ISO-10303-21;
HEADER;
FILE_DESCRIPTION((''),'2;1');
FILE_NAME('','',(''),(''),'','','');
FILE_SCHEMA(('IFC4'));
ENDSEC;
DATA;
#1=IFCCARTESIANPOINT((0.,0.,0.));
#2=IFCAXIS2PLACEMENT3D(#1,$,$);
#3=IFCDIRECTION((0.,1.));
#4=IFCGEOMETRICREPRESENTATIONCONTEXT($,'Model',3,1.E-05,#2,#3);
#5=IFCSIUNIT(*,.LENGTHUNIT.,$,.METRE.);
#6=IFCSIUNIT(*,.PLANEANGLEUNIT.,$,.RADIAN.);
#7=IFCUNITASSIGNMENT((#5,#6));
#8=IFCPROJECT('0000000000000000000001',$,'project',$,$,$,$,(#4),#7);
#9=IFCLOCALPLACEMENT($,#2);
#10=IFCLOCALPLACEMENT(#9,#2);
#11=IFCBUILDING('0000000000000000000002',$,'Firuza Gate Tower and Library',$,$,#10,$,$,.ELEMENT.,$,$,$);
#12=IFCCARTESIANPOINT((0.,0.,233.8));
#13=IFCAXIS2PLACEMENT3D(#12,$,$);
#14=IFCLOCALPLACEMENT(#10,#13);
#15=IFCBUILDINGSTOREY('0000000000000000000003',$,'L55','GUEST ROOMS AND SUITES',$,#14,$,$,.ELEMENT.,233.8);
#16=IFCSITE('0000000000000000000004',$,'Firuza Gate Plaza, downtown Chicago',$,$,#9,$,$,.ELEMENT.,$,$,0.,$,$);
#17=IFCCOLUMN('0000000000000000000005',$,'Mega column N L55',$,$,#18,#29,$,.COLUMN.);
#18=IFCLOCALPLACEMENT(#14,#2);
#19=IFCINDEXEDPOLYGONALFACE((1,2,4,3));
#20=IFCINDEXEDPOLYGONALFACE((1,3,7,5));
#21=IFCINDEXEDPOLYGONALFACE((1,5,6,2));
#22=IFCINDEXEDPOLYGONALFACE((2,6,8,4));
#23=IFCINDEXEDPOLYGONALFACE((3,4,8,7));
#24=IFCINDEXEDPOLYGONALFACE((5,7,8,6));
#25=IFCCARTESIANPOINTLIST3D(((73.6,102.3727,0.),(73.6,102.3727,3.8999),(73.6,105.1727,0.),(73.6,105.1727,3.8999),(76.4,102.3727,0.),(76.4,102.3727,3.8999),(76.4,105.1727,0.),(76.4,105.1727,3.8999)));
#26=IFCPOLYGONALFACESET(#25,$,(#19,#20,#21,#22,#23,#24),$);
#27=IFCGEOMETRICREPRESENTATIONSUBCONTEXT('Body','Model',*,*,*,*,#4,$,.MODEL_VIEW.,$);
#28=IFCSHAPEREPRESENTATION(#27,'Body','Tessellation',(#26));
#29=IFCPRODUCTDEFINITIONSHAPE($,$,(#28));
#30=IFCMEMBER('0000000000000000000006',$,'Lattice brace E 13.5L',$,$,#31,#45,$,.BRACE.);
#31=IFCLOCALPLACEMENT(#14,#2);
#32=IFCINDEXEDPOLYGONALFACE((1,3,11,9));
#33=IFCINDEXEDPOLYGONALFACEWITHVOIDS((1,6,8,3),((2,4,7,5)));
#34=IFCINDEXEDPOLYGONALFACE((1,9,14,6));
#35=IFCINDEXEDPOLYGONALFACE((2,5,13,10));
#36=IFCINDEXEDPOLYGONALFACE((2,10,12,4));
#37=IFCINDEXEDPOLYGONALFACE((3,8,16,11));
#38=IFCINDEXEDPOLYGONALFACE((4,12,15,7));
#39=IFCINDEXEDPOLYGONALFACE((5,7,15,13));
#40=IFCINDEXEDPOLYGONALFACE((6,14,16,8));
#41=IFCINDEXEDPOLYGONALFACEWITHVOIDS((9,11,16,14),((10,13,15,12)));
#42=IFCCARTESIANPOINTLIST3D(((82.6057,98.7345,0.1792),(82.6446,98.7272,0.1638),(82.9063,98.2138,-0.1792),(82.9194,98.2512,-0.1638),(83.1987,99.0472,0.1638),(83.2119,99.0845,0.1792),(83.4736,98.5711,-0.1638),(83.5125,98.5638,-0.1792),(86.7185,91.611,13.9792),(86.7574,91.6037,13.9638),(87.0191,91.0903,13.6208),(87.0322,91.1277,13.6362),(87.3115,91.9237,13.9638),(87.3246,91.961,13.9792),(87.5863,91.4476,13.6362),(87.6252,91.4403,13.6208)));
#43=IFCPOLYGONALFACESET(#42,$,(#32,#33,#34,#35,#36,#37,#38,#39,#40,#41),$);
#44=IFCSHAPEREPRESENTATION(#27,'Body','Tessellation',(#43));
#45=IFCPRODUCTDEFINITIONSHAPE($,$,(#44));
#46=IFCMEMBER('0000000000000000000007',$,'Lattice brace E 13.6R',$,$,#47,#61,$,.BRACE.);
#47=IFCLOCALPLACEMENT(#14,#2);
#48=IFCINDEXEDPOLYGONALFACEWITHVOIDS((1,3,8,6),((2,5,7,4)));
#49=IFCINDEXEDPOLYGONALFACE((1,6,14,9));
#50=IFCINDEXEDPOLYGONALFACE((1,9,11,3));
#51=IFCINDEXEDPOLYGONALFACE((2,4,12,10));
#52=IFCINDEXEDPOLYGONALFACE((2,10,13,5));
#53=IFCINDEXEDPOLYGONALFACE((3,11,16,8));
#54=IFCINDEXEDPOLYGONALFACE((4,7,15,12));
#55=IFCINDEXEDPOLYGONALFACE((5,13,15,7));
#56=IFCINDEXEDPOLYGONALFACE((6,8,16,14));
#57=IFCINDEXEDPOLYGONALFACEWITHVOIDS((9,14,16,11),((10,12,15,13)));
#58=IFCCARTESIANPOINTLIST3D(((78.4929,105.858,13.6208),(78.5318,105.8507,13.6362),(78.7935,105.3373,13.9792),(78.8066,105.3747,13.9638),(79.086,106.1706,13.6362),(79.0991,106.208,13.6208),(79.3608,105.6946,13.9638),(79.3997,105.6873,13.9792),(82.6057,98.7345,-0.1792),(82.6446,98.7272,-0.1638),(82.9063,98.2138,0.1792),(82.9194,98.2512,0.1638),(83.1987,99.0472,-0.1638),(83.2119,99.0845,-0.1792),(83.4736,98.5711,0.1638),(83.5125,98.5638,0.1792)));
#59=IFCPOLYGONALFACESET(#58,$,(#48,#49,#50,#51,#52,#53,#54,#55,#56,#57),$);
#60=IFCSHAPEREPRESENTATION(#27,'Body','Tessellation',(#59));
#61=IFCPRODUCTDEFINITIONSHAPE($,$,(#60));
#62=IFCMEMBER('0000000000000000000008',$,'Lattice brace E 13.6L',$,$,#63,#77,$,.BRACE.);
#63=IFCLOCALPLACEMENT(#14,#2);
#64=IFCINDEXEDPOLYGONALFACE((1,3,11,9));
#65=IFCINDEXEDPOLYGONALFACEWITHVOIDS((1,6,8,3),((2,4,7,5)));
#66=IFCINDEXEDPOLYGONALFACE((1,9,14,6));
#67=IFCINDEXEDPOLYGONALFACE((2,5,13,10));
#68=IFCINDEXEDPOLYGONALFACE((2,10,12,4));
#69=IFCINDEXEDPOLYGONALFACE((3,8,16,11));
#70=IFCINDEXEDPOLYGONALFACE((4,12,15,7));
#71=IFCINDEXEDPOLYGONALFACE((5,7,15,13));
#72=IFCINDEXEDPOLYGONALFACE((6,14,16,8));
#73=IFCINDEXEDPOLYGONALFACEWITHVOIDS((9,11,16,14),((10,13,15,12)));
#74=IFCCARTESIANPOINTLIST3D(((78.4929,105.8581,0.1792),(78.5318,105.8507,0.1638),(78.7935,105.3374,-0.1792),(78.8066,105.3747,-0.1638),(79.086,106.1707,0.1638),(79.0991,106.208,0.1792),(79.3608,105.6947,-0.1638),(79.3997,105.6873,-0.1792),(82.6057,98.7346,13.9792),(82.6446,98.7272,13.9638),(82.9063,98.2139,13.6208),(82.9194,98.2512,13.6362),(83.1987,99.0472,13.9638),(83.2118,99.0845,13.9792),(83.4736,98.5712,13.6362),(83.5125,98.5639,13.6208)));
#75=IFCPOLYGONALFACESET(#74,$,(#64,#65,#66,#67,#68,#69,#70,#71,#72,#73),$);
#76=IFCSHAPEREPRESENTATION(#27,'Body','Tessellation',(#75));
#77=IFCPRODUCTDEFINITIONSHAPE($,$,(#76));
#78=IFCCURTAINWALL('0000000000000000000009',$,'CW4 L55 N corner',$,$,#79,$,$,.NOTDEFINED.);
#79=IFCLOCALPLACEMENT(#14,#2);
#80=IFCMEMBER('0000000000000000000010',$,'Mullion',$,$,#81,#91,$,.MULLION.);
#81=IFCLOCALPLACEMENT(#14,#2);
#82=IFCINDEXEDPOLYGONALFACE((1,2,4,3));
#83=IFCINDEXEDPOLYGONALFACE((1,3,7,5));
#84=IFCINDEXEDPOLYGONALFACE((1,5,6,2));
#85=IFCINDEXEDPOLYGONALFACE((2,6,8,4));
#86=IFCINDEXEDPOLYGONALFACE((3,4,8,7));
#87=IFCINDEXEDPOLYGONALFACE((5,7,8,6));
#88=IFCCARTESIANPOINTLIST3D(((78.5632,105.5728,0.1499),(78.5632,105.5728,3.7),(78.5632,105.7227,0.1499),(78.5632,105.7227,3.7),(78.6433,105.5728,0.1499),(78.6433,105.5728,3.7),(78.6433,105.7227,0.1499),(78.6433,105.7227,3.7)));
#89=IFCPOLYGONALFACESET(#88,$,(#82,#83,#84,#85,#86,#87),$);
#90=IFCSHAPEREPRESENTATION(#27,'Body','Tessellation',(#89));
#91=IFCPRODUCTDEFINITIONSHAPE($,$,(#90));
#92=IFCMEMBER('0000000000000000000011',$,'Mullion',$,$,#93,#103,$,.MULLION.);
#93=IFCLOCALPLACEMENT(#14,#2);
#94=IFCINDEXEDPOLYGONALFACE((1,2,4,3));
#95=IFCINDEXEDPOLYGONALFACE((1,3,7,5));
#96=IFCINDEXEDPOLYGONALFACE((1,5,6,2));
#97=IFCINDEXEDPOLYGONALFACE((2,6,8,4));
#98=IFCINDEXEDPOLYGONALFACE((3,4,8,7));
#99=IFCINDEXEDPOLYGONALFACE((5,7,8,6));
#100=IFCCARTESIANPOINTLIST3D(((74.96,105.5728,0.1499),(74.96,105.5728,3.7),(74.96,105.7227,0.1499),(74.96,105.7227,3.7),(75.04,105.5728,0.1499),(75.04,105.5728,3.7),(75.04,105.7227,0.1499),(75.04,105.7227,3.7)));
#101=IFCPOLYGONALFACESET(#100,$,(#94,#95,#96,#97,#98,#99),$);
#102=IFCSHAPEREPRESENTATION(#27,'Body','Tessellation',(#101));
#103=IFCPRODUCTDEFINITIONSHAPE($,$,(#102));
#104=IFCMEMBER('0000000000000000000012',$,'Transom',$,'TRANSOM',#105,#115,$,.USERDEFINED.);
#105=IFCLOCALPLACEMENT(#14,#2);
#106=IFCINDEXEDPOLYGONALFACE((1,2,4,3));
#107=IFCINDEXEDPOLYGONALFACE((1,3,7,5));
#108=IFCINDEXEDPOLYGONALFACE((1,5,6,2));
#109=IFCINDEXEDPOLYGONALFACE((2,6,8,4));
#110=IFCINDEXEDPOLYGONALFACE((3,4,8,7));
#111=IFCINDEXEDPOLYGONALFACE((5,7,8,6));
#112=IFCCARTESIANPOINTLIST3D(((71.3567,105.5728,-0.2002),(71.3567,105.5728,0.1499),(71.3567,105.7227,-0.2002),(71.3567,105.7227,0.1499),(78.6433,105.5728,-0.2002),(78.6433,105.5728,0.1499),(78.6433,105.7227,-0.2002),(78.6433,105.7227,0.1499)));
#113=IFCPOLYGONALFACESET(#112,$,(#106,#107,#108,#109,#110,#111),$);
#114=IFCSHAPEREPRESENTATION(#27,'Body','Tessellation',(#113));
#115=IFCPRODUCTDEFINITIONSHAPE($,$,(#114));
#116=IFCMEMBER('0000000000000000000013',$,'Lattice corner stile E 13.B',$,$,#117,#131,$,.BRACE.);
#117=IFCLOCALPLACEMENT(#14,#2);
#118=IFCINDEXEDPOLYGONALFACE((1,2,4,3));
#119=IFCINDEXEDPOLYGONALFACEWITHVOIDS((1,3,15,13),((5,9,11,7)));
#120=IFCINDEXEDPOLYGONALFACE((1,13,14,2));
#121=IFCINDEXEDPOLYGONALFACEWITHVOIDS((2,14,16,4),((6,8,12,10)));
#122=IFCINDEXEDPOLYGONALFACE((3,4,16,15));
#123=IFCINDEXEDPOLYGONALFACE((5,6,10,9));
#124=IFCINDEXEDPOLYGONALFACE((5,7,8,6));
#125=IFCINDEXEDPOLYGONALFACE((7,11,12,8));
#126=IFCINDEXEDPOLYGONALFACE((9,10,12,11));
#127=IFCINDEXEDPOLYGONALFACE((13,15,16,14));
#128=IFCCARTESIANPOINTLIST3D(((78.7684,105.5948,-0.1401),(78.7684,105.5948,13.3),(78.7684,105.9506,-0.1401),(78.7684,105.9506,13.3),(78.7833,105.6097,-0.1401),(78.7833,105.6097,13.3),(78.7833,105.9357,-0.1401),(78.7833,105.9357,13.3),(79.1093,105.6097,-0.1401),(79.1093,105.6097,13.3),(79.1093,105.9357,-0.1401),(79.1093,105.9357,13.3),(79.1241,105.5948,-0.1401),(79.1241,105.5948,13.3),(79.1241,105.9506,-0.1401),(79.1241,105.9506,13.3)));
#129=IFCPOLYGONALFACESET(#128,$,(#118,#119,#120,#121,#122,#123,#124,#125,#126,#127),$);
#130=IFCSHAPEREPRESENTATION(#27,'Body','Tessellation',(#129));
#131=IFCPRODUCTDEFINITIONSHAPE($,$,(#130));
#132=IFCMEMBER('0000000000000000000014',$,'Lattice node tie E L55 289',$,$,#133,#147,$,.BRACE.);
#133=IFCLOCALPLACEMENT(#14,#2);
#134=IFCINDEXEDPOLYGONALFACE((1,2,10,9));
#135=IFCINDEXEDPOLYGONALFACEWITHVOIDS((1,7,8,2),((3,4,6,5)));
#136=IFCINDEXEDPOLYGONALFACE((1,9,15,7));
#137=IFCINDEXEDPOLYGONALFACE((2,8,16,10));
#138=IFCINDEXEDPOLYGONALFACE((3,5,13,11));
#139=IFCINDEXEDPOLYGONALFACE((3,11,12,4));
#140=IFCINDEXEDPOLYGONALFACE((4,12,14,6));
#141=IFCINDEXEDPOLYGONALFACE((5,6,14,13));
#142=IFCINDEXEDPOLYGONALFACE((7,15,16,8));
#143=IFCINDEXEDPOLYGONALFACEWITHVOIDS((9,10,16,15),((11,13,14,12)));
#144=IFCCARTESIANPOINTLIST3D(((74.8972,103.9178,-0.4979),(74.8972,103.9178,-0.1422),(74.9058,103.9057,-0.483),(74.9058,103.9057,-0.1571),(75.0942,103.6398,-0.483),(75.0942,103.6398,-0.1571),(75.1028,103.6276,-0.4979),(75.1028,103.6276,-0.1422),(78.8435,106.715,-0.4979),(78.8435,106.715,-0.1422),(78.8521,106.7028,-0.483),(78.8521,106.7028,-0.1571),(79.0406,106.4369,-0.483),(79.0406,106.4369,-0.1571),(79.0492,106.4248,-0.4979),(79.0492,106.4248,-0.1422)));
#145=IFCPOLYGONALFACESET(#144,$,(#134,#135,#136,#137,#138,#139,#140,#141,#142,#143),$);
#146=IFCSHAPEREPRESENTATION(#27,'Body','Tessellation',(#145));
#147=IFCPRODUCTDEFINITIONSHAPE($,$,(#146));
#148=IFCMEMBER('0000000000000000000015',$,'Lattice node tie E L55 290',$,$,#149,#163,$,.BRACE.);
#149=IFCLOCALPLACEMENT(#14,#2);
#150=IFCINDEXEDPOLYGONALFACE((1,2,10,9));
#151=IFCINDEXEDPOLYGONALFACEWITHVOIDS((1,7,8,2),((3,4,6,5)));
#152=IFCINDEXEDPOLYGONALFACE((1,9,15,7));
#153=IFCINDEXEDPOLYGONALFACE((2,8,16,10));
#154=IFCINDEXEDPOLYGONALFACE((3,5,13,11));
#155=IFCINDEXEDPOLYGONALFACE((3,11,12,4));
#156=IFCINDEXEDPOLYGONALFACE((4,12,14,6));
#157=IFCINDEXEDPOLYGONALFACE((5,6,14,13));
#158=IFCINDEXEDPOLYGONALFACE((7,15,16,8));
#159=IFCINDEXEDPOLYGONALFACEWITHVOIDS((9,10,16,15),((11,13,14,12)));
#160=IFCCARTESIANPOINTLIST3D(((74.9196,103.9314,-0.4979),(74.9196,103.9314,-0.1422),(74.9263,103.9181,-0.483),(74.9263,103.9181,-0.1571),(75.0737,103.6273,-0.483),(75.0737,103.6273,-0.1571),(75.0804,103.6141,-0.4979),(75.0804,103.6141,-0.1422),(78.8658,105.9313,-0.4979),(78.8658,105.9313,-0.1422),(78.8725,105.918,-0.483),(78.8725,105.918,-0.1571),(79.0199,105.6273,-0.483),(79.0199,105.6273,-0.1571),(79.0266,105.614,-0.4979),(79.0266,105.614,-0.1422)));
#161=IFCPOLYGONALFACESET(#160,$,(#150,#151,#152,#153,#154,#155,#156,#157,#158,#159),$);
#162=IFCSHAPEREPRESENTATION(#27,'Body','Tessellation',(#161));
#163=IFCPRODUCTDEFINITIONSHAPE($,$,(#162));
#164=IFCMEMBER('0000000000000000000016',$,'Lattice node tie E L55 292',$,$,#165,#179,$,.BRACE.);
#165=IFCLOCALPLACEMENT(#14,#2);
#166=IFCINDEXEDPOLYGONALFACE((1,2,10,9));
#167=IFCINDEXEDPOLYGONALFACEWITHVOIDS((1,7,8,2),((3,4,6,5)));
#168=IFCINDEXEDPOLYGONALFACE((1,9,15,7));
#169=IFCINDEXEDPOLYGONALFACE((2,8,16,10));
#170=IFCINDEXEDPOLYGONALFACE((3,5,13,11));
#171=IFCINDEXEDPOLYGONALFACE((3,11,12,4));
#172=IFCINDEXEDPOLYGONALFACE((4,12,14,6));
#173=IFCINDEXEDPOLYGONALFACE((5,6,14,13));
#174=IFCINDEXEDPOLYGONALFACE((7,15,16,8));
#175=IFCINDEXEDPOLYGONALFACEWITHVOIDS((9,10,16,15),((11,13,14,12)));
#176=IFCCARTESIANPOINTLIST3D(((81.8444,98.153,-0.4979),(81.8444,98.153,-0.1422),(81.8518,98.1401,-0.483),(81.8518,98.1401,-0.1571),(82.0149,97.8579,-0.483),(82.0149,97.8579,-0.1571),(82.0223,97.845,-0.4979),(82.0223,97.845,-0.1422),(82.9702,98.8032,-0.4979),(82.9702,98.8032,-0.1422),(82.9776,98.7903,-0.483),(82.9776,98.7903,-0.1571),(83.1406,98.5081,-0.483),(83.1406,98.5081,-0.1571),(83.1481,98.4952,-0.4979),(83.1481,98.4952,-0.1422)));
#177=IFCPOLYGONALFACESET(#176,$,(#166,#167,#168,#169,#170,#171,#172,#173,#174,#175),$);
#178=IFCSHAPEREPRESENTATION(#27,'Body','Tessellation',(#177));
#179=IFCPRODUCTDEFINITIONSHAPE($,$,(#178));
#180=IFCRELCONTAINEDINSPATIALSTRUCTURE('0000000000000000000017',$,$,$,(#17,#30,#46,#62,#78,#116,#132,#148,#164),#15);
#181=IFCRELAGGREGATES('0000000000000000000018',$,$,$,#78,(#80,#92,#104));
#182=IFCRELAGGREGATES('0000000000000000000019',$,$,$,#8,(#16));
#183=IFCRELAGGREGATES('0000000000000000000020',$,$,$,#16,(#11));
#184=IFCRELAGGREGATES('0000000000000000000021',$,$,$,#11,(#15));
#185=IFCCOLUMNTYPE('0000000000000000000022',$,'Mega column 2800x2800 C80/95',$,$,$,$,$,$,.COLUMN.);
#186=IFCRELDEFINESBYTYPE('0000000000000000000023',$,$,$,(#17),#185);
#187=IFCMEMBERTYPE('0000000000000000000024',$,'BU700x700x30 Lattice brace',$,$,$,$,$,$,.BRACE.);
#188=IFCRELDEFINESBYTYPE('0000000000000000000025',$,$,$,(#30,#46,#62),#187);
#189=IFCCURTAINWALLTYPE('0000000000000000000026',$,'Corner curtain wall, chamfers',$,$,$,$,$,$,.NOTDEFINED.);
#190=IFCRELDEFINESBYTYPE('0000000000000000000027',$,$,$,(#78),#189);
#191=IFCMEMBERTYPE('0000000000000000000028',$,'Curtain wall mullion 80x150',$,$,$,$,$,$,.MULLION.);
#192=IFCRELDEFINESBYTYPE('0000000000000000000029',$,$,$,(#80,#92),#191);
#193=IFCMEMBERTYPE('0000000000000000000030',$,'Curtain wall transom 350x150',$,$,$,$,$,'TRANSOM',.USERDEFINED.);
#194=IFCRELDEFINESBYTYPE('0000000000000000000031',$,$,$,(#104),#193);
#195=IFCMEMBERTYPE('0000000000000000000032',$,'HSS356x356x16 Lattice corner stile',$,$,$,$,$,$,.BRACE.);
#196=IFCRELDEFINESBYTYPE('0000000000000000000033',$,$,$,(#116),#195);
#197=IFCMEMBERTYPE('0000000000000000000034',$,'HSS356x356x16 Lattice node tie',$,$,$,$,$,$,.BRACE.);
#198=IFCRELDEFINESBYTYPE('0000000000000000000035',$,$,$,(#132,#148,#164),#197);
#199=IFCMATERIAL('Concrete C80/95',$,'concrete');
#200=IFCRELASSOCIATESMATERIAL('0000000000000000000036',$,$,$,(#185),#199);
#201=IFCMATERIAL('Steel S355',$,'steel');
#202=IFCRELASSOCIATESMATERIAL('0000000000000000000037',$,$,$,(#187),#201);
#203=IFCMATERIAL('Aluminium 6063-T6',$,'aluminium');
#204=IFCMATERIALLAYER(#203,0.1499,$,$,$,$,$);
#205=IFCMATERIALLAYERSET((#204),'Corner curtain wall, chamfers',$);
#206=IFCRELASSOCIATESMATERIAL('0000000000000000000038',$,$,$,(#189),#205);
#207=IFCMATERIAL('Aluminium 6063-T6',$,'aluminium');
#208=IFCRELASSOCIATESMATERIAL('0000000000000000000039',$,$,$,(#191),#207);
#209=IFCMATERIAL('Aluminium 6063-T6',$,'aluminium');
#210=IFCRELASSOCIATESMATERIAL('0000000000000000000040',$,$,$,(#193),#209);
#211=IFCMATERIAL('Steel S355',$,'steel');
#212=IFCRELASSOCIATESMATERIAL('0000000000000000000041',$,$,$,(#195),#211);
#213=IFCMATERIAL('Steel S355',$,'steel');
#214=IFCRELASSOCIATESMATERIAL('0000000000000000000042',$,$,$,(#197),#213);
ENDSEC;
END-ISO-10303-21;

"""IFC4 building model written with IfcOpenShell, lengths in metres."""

from ifc_helpers import new_model, si_unit, direction, frame, origin, origin_2d, place, context, subcontext, project, spatial, rectangle, hollow_rectangle, extrude, material, layer, layer_set, material_profile, profile_set, type_object, element, aggregate, save


model = new_model("IFC4")

# Units and contexts
model_context = context("Model", 3, precision=1e-05, world=origin(), true_north=direction((0.0, 1.0)))
body_context = subcontext(model_context, "Body", "Model", "MODEL_VIEW")
ifc_project = project(units=[si_unit("LENGTHUNIT", "METRE"), si_unit("PLANEANGLEUNIT", "RADIAN")], contexts=[model_context])

# Site, building, storey
site_placement = place(None, origin())
site = spatial("IfcSite", under=ifc_project, at=site_placement, Name="Firuza Gate Plaza, downtown Chicago", CompositionType="ELEMENT", RefElevation=0.0)
building_placement = place(site_placement, origin())
building = spatial("IfcBuilding", under=site, at=building_placement, Name="Firuza Gate Tower and Library", CompositionType="ELEMENT")
storey_placement = place(building_placement, frame((0.0, 0.0, 233.8)))
storey = spatial("IfcBuildingStorey", under=building, at=storey_placement, Name="L55", Description="GUEST ROOMS AND SUITES", CompositionType="ELEMENT", Elevation=233.8)

# Column
ifc_material_1 = material(Name="Concrete C80/95", Category="concrete")
ifc_material_profile_1 = material_profile(ifc_material_1, rectangle(XDim=2.8, YDim=2.8, at=origin_2d()))
ifc_profile_set_1 = profile_set([ifc_material_profile_1], Name="Concrete C80/95")
column_type = type_object("IfcColumnType", Name="Mega column 2800x2800 C80/95", PredefinedType="COLUMN", material=ifc_profile_set_1)
column_placement = place(storey_placement, frame((75.0, 103.7727, 0.0), z_axis=(0.0, 0.0, 1.0), x_axis=(-1.0, 0.0, 0.0)))
element("IfcColumn", 1, at=column_placement, inside=storey, type_object=column_type, Name="Mega column N L55", PredefinedType="COLUMN", context=body_context, shape_type="SweptSolid", body=[
    extrude(rectangle(XDim=2.8, YDim=2.8, at=origin_2d()), origin(), (0.0, 0.0, 1.0), 3.8999),
])

# Members
ifc_material_2 = material(Name="Steel S355", Category="steel")
ifc_material_profile_2 = material_profile(ifc_material_2, hollow_rectangle(XDim=0.7, YDim=0.7, WallThickness=0.03, at=origin_2d()))
ifc_profile_set_2 = profile_set([ifc_material_profile_2], Name="Steel S355")
member_type_1 = type_object("IfcMemberType", Name="BU700x700x30 Lattice brace", PredefinedType="BRACE", material=ifc_profile_set_2)
for number, where, z_axis, x_axis, name in (
    (2, (83.0591, 98.6492, 0.0), (0.256001, -0.443405, 0.858985), (0.866024, 0.500002, 0.0), "Lattice brace E 13.5L"),
    (3, (83.0591, 98.6492, 0.0), (-0.256001, 0.443405, 0.858985), (-0.866024, -0.500002, 0.0), "Lattice brace E 13.6R"),
    (4, (78.9463, 105.7727, 0.0), (0.256001, -0.443405, 0.858985), (0.866024, 0.500002, 0.0), "Lattice brace E 13.6L"),
):
    element("IfcMember", number, at=place(storey_placement, frame(where, z_axis=z_axis, x_axis=x_axis)), inside=storey, type_object=member_type_1, Name=name, PredefinedType="BRACE", context=body_context, shape_type="SweptSolid", body=[
        extrude(hollow_rectangle(XDim=0.7, YDim=0.7, WallThickness=0.03, at=origin_2d()), origin(), (0.0, 0.0, 1.0), 16.0654),
    ])

# Curtain wall, members
ifc_material_3 = material(Name="Aluminium 6063-T6", Category="aluminium")
ifc_layer_1 = layer(ifc_material_3, 0.1499)
ifc_layer_set_1 = layer_set([ifc_layer_1], Name="Corner curtain wall, chamfers")
curtain_wall_type = type_object("IfcCurtainWallType", Name="Corner curtain wall, chamfers", PredefinedType="NOTDEFINED", material=ifc_layer_set_1)
curtain_wall_placement = place(storey_placement, origin())
curtain_wall = element("IfcCurtainWall", 5, at=curtain_wall_placement, inside=storey, type_object=curtain_wall_type, Name="CW4 L55 N corner", PredefinedType="NOTDEFINED")
ifc_material_4 = material(Name="Aluminium 6063-T6", Category="aluminium")
ifc_material_profile_3 = material_profile(ifc_material_4, rectangle(XDim=0.1499, YDim=0.0801, at=origin_2d()))
ifc_profile_set_3 = profile_set([ifc_material_profile_3], Name="Aluminium 6063-T6")
member_type_2 = type_object("IfcMemberType", Name="Curtain wall mullion 80x150", PredefinedType="MULLION", material=ifc_profile_set_3)
member_1_placement = place(storey_placement, frame((78.6033, 105.6477, 0.1499), z_axis=(0.0, 0.0, 1.0), x_axis=(0.0, -1.0, 0.0)))
member_1 = element("IfcMember", 6, at=member_1_placement, type_object=member_type_2, Name="Mullion", PredefinedType="MULLION", context=body_context, shape_type="SweptSolid", body=[
    extrude(rectangle(XDim=0.1499, YDim=0.0801, at=origin_2d()), origin(), (0.0, 0.0, 1.0), 3.55),
])
member_2_placement = place(storey_placement, frame((75.0, 105.6477, 0.1499), z_axis=(0.0, 0.0, 1.0), x_axis=(0.0, -1.0, 0.0)))
member_2 = element("IfcMember", 7, at=member_2_placement, type_object=member_type_2, Name="Mullion", PredefinedType="MULLION", context=body_context, shape_type="SweptSolid", body=[
    extrude(rectangle(XDim=0.1499, YDim=0.0801, at=origin_2d()), origin(), (0.0, 0.0, 1.0), 3.55),
])
ifc_material_5 = material(Name="Aluminium 6063-T6", Category="aluminium")
ifc_material_profile_4 = material_profile(ifc_material_5, rectangle(XDim=0.1499, YDim=0.3501, at=origin_2d()))
ifc_profile_set_4 = profile_set([ifc_material_profile_4], Name="Aluminium 6063-T6")
member_type_3 = type_object("IfcMemberType", Name="Curtain wall transom 350x150", ElementType="TRANSOM", PredefinedType="USERDEFINED", material=ifc_profile_set_4)
member_3_placement = place(storey_placement, frame((78.6433, 105.6477, -0.0251), z_axis=(-1.0, 0.0, 0.0), x_axis=(0.0, -1.0, 0.0)))
member_3 = element("IfcMember", 8, at=member_3_placement, type_object=member_type_3, Name="Transom", ObjectType="TRANSOM", PredefinedType="USERDEFINED", context=body_context, shape_type="SweptSolid", body=[
    extrude(rectangle(XDim=0.1499, YDim=0.3501, at=origin_2d()), origin(), (0.0, 0.0, 1.0), 7.2866),
])

# Members
ifc_material_6 = material(Name="Steel S355", Category="steel")
ifc_material_profile_5 = material_profile(ifc_material_6, hollow_rectangle(XDim=0.3557, YDim=0.3557, WallThickness=0.0149, at=origin_2d()))
ifc_profile_set_5 = profile_set([ifc_material_profile_5], Name="Steel S355")
member_type_4 = type_object("IfcMemberType", Name="HSS356x356x16 Lattice corner stile", PredefinedType="BRACE", material=ifc_profile_set_5)
member_4_placement = place(storey_placement, frame((78.9463, 105.7727, -0.1401), z_axis=(0.0, 0.0, 1.0), x_axis=(1.0, 0.0, 0.0)))
element("IfcMember", 9, at=member_4_placement, inside=storey, type_object=member_type_4, Name="Lattice corner stile E 13.B", PredefinedType="BRACE", context=body_context, shape_type="SweptSolid", body=[
    extrude(hollow_rectangle(XDim=0.3557, YDim=0.3557, WallThickness=0.0149, at=origin_2d()), origin(), (0.0, 0.0, 1.0), 13.4402),
])
ifc_material_7 = material(Name="Steel S355", Category="steel")
ifc_material_profile_6 = material_profile(ifc_material_7, hollow_rectangle(XDim=0.3557, YDim=0.3557, WallThickness=0.0149, at=origin_2d()))
ifc_profile_set_6 = profile_set([ifc_material_profile_6], Name="Steel S355")
member_type_5 = type_object("IfcMemberType", Name="HSS356x356x16 Lattice node tie", PredefinedType="BRACE", material=ifc_profile_set_6)
member_5_placement = place(storey_placement, frame((75.0, 103.7727, -0.3201), z_axis=(0.815846, 0.578269, 0.0), x_axis=(-0.578269, 0.815846, 0.0)))
element("IfcMember", 10, at=member_5_placement, inside=storey, type_object=member_type_5, Name="Lattice node tie E L55 289", PredefinedType="BRACE", context=body_context, shape_type="SweptSolid", body=[
    extrude(hollow_rectangle(XDim=0.3557, YDim=0.3557, WallThickness=0.0149, at=origin_2d()), origin(), (0.0, 0.0, 1.0), 4.8372),
])
member_6_placement = place(storey_placement, frame((75.0, 103.7727, -0.3201), z_axis=(0.891986, 0.452063, 0.0), x_axis=(-0.452063, 0.891986, 0.0)))
element("IfcMember", 11, at=member_6_placement, inside=storey, type_object=member_type_5, Name="Lattice node tie E L55 290", PredefinedType="BRACE", context=body_context, shape_type="SweptSolid", body=[
    extrude(hollow_rectangle(XDim=0.3557, YDim=0.3557, WallThickness=0.0149, at=origin_2d()), origin(), (0.0, 0.0, 1.0), 4.4241),
])
member_7_placement = place(storey_placement, frame((81.9333, 97.999, -0.3201), z_axis=(0.865957, 0.500118, 0.0), x_axis=(-0.500118, 0.865957, 0.0)))
element("IfcMember", 12, at=member_7_placement, inside=storey, type_object=member_type_5, Name="Lattice node tie E L55 292", PredefinedType="BRACE", context=body_context, shape_type="SweptSolid", body=[
    extrude(hollow_rectangle(XDim=0.3557, YDim=0.3557, WallThickness=0.0149, at=origin_2d()), origin(), (0.0, 0.0, 1.0), 1.3),
])

aggregate(curtain_wall, [member_1, member_2, member_3])

save(model, "model.ifc")
